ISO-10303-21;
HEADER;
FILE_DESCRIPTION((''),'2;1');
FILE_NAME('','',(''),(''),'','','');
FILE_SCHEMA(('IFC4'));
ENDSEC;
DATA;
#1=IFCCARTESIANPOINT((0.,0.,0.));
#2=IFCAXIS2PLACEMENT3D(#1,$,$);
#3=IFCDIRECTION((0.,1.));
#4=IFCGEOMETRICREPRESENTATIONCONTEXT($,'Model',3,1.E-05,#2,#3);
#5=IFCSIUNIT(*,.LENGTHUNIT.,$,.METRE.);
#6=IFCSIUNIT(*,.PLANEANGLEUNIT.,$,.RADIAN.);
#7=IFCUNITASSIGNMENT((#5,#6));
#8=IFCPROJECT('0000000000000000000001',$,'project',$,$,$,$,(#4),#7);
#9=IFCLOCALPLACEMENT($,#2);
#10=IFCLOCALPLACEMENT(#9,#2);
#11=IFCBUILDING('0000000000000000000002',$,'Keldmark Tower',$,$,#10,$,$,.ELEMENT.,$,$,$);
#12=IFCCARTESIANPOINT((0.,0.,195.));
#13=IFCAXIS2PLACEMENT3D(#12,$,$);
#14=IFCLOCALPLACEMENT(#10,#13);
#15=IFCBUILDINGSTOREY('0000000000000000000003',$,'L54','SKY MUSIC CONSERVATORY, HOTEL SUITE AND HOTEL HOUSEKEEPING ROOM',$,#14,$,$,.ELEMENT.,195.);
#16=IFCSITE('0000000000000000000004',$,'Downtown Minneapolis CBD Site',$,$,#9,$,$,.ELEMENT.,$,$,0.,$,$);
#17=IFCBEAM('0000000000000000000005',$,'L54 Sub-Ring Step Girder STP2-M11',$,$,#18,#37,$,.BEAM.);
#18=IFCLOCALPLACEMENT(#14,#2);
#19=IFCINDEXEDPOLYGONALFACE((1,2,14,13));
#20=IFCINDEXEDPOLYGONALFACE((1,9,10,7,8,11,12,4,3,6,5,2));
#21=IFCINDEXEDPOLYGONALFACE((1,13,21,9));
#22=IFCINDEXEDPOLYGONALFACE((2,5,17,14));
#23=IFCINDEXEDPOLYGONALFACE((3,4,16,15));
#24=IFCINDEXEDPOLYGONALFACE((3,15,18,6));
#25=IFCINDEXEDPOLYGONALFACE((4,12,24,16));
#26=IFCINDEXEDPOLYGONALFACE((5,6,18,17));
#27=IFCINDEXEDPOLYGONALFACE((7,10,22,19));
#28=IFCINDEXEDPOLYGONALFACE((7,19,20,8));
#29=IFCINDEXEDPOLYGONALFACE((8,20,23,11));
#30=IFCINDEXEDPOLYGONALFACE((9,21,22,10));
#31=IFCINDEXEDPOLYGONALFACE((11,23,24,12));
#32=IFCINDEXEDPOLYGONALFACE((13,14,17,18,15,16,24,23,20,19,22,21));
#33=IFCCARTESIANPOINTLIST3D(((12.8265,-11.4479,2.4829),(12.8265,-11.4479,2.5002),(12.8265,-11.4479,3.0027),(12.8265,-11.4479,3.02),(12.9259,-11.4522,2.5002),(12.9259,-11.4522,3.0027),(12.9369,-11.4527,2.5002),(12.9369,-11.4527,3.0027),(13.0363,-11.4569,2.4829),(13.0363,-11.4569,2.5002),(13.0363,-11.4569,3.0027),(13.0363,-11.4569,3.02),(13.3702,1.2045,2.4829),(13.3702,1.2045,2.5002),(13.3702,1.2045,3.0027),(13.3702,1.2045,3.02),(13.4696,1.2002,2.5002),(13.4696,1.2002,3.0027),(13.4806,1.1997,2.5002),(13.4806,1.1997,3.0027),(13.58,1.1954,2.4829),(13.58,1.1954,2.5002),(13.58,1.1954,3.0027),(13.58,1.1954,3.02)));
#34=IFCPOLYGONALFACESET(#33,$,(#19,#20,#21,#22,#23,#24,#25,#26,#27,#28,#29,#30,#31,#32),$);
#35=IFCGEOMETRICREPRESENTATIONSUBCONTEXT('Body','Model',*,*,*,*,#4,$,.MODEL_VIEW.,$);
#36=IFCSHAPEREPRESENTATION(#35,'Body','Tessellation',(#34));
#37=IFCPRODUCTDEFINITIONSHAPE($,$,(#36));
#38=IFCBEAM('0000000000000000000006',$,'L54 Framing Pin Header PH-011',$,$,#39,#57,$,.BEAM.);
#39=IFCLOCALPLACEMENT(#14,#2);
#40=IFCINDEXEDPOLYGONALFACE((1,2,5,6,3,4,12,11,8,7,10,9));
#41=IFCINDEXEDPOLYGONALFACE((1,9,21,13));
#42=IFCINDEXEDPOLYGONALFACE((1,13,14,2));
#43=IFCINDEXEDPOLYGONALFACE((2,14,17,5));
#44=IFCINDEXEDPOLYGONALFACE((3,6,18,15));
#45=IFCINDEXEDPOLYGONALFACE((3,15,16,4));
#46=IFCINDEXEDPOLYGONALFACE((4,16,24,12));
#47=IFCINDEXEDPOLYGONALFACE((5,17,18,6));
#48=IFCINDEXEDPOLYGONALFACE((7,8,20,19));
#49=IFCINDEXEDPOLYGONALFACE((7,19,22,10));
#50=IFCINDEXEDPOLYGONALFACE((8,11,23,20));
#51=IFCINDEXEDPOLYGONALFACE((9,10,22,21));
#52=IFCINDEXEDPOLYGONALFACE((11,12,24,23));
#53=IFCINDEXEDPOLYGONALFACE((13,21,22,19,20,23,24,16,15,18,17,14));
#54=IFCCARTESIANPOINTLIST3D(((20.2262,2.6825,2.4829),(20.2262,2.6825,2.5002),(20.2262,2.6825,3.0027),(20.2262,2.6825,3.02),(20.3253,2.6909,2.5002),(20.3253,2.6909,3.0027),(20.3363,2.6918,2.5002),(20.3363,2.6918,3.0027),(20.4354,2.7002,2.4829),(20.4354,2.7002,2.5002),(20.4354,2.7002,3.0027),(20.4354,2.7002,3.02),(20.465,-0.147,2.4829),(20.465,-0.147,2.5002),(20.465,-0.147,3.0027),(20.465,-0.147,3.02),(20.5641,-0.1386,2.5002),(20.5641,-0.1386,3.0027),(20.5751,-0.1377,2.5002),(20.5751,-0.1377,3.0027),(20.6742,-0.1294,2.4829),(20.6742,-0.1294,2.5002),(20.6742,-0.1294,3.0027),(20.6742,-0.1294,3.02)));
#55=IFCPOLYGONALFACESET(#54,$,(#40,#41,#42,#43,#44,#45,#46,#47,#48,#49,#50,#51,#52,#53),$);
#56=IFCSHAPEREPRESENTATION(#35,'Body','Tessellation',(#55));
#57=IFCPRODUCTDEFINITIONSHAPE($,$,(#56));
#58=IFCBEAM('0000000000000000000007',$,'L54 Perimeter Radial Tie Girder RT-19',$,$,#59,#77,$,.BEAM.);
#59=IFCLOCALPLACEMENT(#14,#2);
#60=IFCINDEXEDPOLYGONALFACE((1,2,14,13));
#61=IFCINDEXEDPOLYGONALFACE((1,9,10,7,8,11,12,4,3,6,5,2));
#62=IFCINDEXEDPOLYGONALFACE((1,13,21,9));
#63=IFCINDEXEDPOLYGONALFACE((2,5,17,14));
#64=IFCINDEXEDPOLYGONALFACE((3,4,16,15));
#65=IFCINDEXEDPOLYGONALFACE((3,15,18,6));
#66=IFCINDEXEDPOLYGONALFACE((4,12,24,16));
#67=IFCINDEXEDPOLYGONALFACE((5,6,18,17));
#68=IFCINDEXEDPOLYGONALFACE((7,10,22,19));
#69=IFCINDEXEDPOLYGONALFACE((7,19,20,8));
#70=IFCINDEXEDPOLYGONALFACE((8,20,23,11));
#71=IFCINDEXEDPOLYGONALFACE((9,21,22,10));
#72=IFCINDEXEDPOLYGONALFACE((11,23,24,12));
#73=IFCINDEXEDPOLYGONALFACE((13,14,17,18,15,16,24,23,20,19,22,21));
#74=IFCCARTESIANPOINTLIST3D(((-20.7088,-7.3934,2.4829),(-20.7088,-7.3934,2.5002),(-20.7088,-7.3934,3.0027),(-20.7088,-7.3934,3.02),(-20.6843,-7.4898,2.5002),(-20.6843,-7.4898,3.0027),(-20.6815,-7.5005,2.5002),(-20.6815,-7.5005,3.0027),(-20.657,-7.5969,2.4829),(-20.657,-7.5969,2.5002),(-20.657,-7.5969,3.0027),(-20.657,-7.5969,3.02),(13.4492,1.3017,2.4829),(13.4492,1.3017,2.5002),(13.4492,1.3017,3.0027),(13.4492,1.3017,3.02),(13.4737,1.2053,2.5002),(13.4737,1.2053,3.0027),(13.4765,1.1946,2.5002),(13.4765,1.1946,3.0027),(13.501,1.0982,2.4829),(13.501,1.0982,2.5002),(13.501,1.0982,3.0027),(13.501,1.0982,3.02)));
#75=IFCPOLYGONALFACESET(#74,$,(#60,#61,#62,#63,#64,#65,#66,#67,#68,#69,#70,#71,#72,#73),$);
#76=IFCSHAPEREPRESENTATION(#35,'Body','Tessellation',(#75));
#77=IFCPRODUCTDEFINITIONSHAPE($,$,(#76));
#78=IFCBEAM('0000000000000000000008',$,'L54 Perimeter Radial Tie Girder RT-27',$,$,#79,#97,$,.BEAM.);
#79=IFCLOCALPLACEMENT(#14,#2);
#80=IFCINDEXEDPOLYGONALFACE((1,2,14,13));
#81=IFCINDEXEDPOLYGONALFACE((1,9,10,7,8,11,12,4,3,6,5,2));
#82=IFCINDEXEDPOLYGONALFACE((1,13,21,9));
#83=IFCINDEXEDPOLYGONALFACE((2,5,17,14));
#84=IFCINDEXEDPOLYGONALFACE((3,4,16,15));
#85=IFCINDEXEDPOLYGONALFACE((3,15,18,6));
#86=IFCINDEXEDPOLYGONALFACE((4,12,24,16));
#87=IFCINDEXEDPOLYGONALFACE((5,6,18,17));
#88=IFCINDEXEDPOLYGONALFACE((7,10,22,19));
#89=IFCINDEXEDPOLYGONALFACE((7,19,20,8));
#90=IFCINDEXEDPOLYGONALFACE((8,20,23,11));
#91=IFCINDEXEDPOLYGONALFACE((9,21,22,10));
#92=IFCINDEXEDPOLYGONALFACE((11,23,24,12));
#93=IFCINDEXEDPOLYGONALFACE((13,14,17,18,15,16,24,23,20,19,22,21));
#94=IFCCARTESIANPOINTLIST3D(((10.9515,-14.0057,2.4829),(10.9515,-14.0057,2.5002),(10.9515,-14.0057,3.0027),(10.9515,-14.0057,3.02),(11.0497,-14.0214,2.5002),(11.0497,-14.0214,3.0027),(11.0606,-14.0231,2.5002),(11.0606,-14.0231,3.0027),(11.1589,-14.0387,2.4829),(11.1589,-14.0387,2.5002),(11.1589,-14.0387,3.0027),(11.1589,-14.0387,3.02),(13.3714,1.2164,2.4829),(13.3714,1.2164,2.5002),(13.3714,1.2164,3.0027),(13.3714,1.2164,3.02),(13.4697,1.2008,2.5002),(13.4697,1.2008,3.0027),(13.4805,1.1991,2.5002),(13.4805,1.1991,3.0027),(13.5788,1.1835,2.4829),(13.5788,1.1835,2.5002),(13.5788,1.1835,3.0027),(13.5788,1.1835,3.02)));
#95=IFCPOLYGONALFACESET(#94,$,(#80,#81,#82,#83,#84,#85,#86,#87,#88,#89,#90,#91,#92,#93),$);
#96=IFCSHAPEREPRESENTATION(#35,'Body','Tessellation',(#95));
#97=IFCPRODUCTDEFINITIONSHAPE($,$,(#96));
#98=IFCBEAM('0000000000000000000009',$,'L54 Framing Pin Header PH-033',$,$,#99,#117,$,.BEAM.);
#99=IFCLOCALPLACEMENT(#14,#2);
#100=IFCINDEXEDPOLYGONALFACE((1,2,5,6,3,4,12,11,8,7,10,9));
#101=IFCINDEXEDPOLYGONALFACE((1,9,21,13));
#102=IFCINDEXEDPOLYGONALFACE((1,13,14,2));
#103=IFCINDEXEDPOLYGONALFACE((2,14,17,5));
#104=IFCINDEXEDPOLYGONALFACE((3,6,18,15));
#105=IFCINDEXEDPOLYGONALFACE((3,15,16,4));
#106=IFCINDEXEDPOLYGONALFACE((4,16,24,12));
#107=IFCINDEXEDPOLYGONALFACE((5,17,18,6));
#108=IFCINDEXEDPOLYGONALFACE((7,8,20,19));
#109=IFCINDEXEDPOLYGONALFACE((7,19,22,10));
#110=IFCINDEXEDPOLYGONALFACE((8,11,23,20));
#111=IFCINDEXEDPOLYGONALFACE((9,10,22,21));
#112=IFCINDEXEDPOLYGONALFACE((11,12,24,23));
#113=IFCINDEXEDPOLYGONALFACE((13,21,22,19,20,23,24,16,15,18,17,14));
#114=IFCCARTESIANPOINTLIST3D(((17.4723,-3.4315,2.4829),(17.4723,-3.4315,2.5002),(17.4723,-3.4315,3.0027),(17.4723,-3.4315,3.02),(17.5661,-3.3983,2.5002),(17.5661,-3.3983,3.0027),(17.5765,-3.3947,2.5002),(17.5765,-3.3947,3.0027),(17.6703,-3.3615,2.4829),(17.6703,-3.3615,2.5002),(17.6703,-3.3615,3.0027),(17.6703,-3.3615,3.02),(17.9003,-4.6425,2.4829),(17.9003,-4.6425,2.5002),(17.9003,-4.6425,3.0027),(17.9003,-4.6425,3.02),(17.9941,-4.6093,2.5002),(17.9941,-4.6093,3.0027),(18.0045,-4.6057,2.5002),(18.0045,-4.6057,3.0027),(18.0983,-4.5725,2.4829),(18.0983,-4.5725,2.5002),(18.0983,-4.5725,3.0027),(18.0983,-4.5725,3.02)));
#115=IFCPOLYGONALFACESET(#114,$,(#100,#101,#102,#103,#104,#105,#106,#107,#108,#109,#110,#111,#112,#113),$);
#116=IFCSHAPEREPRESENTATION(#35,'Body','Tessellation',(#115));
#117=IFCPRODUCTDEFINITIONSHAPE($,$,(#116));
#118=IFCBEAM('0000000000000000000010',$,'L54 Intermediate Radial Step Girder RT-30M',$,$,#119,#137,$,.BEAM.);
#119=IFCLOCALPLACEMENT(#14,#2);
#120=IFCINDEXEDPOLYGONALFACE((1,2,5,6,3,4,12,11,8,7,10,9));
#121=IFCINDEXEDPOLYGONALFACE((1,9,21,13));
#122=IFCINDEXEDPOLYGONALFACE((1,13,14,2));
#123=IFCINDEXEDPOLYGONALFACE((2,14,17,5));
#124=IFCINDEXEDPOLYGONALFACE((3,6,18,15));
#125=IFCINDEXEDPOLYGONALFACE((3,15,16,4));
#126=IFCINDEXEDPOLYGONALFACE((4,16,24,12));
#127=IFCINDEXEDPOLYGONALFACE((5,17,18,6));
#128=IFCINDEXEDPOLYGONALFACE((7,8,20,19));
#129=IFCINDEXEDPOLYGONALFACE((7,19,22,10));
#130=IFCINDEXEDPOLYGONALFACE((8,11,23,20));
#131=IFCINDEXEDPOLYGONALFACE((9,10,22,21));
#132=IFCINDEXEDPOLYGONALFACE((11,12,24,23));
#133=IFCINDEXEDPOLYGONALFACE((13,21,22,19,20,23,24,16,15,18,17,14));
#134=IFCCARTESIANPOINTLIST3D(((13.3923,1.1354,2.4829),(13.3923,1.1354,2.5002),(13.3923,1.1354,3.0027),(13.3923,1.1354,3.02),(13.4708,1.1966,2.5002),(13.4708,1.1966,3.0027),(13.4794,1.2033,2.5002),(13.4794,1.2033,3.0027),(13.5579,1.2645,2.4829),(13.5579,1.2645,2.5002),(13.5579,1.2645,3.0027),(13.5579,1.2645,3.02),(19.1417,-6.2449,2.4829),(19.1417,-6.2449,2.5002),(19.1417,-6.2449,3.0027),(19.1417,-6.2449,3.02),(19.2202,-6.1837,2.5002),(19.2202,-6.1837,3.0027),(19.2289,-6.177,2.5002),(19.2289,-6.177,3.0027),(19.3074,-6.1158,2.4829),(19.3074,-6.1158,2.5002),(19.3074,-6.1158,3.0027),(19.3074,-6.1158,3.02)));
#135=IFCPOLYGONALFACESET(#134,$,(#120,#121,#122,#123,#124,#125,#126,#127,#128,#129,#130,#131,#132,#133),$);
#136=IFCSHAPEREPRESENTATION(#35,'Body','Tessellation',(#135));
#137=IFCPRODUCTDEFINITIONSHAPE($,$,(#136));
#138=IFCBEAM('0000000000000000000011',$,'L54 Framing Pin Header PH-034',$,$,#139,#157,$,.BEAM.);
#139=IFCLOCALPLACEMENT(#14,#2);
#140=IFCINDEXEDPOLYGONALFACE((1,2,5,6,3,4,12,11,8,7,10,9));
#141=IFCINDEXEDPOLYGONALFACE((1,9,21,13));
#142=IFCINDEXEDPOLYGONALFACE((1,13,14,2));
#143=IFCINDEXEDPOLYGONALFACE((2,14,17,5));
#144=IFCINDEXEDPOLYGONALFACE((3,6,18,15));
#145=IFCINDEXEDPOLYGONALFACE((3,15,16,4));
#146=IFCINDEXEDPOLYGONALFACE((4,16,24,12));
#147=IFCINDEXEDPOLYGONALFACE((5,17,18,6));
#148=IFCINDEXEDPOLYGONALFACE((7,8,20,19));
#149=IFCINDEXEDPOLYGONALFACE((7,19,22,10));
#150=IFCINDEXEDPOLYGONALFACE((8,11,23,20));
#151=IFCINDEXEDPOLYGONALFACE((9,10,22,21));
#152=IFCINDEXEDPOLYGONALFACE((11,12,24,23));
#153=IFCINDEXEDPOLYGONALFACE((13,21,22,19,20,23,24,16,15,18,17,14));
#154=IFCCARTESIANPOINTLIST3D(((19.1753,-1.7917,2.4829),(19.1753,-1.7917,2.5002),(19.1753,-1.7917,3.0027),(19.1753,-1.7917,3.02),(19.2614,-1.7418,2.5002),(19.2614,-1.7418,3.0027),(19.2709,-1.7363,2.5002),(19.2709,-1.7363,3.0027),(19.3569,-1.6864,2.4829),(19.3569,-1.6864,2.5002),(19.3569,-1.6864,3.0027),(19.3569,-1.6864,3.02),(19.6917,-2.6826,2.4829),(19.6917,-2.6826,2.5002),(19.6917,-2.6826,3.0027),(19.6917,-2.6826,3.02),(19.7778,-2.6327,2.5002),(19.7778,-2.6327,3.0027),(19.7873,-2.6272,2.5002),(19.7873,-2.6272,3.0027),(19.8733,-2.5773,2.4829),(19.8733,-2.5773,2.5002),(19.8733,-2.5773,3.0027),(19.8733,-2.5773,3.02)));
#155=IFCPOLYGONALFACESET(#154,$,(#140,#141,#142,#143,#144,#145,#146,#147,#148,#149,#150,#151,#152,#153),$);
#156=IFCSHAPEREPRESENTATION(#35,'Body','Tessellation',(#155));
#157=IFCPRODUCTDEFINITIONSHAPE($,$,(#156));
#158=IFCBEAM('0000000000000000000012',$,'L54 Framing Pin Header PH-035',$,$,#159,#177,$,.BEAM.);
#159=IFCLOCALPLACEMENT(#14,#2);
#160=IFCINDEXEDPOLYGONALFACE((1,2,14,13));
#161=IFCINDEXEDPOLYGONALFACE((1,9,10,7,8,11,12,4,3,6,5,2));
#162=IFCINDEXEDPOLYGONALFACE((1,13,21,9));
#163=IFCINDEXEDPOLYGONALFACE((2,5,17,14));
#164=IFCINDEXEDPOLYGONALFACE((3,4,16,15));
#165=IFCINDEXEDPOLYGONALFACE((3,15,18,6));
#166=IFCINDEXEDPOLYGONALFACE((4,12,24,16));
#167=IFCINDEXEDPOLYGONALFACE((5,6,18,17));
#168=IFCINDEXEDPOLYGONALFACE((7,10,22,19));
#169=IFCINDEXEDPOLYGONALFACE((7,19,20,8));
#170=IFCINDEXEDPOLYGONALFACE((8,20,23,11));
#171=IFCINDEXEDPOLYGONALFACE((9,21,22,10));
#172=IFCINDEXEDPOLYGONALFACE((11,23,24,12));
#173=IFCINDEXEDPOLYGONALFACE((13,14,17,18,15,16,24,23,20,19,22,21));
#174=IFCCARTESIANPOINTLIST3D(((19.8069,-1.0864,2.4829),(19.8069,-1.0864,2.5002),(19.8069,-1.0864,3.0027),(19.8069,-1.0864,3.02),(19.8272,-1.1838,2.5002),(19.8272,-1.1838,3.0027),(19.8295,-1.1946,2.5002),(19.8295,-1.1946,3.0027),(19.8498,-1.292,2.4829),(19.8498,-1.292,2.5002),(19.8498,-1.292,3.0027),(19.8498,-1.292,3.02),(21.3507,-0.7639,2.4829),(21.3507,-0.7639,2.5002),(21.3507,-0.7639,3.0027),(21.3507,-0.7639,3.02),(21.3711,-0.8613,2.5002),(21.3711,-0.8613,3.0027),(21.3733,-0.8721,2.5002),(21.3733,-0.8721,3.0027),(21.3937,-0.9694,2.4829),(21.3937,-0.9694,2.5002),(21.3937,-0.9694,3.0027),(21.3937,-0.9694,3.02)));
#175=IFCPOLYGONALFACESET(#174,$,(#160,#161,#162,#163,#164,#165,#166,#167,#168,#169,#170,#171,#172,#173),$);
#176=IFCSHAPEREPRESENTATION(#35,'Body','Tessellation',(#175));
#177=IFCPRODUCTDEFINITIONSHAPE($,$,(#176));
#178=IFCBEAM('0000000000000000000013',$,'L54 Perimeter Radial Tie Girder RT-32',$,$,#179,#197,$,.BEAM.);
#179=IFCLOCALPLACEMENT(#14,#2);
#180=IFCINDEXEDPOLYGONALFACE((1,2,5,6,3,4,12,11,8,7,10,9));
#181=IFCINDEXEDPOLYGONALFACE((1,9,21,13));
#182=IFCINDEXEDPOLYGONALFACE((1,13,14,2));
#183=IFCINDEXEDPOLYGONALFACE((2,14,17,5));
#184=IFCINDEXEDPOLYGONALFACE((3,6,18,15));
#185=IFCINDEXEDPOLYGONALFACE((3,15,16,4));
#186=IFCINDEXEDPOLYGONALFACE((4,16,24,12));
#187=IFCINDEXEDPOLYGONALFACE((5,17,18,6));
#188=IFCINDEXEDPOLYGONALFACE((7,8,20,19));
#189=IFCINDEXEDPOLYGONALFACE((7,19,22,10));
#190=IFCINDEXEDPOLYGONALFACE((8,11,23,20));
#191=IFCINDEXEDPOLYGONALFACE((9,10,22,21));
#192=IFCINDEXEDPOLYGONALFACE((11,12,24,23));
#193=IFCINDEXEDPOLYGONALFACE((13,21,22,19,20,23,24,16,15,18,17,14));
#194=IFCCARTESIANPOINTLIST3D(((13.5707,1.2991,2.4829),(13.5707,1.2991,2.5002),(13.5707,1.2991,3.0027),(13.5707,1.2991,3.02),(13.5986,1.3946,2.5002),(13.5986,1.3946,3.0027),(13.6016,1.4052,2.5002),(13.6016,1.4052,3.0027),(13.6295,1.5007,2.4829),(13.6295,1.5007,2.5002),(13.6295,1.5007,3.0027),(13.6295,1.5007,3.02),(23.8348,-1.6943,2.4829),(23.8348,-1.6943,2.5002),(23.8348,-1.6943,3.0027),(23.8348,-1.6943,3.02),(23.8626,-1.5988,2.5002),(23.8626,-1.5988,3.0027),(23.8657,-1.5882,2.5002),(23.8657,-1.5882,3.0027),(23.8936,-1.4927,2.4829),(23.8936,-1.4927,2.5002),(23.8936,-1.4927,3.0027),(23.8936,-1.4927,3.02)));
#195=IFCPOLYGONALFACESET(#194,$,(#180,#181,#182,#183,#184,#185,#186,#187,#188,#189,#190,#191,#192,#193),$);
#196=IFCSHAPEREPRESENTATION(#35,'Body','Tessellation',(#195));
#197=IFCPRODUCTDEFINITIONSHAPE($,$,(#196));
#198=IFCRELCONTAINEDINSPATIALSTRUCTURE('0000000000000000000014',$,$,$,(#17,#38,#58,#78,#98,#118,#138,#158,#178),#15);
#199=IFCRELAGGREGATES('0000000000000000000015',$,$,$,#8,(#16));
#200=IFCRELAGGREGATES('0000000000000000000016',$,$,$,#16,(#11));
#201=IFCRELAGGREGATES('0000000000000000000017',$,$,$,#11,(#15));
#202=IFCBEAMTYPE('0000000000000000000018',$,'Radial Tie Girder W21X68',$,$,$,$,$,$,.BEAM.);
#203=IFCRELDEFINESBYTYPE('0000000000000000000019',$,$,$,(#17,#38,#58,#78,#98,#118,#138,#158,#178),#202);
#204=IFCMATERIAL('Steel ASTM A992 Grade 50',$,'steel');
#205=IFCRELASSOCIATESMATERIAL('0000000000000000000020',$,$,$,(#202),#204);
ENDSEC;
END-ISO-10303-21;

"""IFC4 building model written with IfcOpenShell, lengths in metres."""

from ifc_helpers import new_model, si_unit, direction, frame, origin, origin_2d, place, context, subcontext, project, spatial, i_section, extrude, material, material_profile, profile_set, type_object, element, save


model = new_model("IFC4")

# Units and contexts
model_context = context("Model", 3, precision=1e-05, world=origin(), true_north=direction((0.0, 1.0)))
body_context = subcontext(model_context, "Body", "Model", "MODEL_VIEW")
ifc_project = project(units=[si_unit("LENGTHUNIT", "METRE"), si_unit("PLANEANGLEUNIT", "RADIAN")], contexts=[model_context])

# Site, building, storey
site_placement = place(None, origin())
site = spatial("IfcSite", under=ifc_project, at=site_placement, Name="Downtown Minneapolis CBD Site", CompositionType="ELEMENT", RefElevation=0.0)
building_placement = place(site_placement, origin())
building = spatial("IfcBuilding", under=site, at=building_placement, Name="Keldmark Tower", CompositionType="ELEMENT")
storey_placement = place(building_placement, frame((0.0, 0.0, 195.0)))
storey = spatial("IfcBuildingStorey", under=building, at=storey_placement, Name="L54", Description="SKY MUSIC CONSERVATORY, HOTEL SUITE AND HOTEL HOUSEKEEPING ROOM", CompositionType="ELEMENT", Elevation=195.0)

# Beams
ifc_material_1 = material(Name="Steel ASTM A992 Grade 50", Category="steel")
ifc_material_profile_1 = material_profile(ifc_material_1, i_section(OverallWidth=0.21, OverallDepth=0.5371, WebThickness=0.011, FlangeThickness=0.0173, at=origin_2d()), Name="W21X68")
ifc_profile_set_1 = profile_set([ifc_material_profile_1], Name="Steel ASTM A992 Grade 50")
beam_type_1 = type_object("IfcBeamType", Name="Radial Tie Girder W21X68", PredefinedType="BEAM", material=ifc_profile_set_1)
beam_1_placement = place(storey_placement, frame((13.4751, 1.2, 2.7515), z_axis=(-0.042933, -0.999078, 0.0), x_axis=(0.999078, -0.042933, 0.0)))
element("IfcBeam", 1, at=beam_1_placement, inside=storey, type_object=beam_type_1, Name="L54 Sub-Ring Step Girder STP2-M11", PredefinedType="BEAM", context=body_context, shape_type="SweptSolid", body=[
    extrude(i_section(OverallWidth=0.21, OverallDepth=0.5371, WebThickness=0.011, FlangeThickness=0.0173, at=origin_2d()), origin(), (0.0, 0.0, 1.0), 12.6641),
])
beam_2_placement = place(storey_placement, frame((20.5696, -0.1382, 2.7515), z_axis=(-0.084084, 0.996459, 0.0), x_axis=(-0.996459, -0.084084, 0.0)))
element("IfcBeam", 2, at=beam_2_placement, inside=storey, type_object=beam_type_1, Name="L54 Framing Pin Header PH-011", PredefinedType="BEAM", context=body_context, shape_type="SweptSolid", body=[
    extrude(i_section(OverallWidth=0.21, OverallDepth=0.5371, WebThickness=0.011, FlangeThickness=0.0173, at=origin_2d()), origin(), (0.0, 0.0, 1.0), 2.8396),
])
beam_3_placement = place(storey_placement, frame((13.4751, 1.2, 2.7515), z_axis=(-0.969095, -0.246688, 0.0), x_axis=(0.246688, -0.969095, 0.0)))
element("IfcBeam", 3, at=beam_3_placement, inside=storey, type_object=beam_type_1, Name="L54 Perimeter Radial Tie Girder RT-19", PredefinedType="BEAM", context=body_context, shape_type="SweptSolid", body=[
    extrude(i_section(OverallWidth=0.21, OverallDepth=0.5371, WebThickness=0.011, FlangeThickness=0.0173, at=origin_2d()), origin(), (0.0, 0.0, 1.0), 35.2473),
])
beam_4_placement = place(storey_placement, frame((13.4751, 1.2, 2.7515), z_axis=(-0.157002, -0.987598, 0.0), x_axis=(0.987598, -0.157002, 0.0)))
element("IfcBeam", 4, at=beam_4_placement, inside=storey, type_object=beam_type_1, Name="L54 Perimeter Radial Tie Girder RT-27", PredefinedType="BEAM", context=body_context, shape_type="SweptSolid", body=[
    extrude(i_section(OverallWidth=0.21, OverallDepth=0.5371, WebThickness=0.011, FlangeThickness=0.0173, at=origin_2d()), origin(), (0.0, 0.0, 1.0), 15.4133),
])
beam_5_placement = place(storey_placement, frame((17.5713, -3.3965, 2.7515), z_axis=(0.333228, -0.942846, 0.0), x_axis=(0.942846, 0.333228, 0.0)))
element("IfcBeam", 5, at=beam_5_placement, inside=storey, type_object=beam_type_1, Name="L54 Framing Pin Header PH-033", PredefinedType="BEAM", context=body_context, shape_type="SweptSolid", body=[
    extrude(i_section(OverallWidth=0.21, OverallDepth=0.5371, WebThickness=0.011, FlangeThickness=0.0173, at=origin_2d()), origin(), (0.0, 0.0, 1.0), 1.2844),
])
beam_6_placement = place(storey_placement, frame((13.4751, 1.2, 2.7515), z_axis=(0.614555, -0.788874, 0.0), x_axis=(0.788874, 0.614555, 0.0)))
element("IfcBeam", 6, at=beam_6_placement, inside=storey, type_object=beam_type_1, Name="L54 Intermediate Radial Step Girder RT-30M", PredefinedType="BEAM", context=body_context, shape_type="SweptSolid", body=[
    extrude(i_section(OverallWidth=0.21, OverallDepth=0.5371, WebThickness=0.011, FlangeThickness=0.0173, at=origin_2d()), origin(), (0.0, 0.0, 1.0), 9.3555),
])
beam_7_placement = place(storey_placement, frame((19.2661, -1.739, 2.7515), z_axis=(0.501466, -0.865177, 0.0), x_axis=(0.865177, 0.501466, 0.0)))
element("IfcBeam", 7, at=beam_7_placement, inside=storey, type_object=beam_type_1, Name="L54 Framing Pin Header PH-034", PredefinedType="BEAM", context=body_context, shape_type="SweptSolid", body=[
    extrude(i_section(OverallWidth=0.21, OverallDepth=0.5371, WebThickness=0.011, FlangeThickness=0.0173, at=origin_2d()), origin(), (0.0, 0.0, 1.0), 1.0298),
])
beam_8_placement = place(storey_placement, frame((19.8284, -1.1892, 2.7515), z_axis=(0.978866, 0.204504, 0.0), x_axis=(-0.204504, 0.978866, 0.0)))
element("IfcBeam", 8, at=beam_8_placement, inside=storey, type_object=beam_type_1, Name="L54 Framing Pin Header PH-035", PredefinedType="BEAM", context=body_context, shape_type="SweptSolid", body=[
    extrude(i_section(OverallWidth=0.21, OverallDepth=0.5371, WebThickness=0.011, FlangeThickness=0.0173, at=origin_2d()), origin(), (0.0, 0.0, 1.0), 1.5771),
])
beam_9_placement = place(storey_placement, frame((13.6001, 1.3999, 2.7515), z_axis=(0.960008, -0.279974, 0.0), x_axis=(0.279974, 0.960008, 0.0)))
element("IfcBeam", 9, at=beam_9_placement, inside=storey, type_object=beam_type_1, Name="L54 Perimeter Radial Tie Girder RT-32", PredefinedType="BEAM", context=body_context, shape_type="SweptSolid", body=[
    extrude(i_section(OverallWidth=0.21, OverallDepth=0.5371, WebThickness=0.011, FlangeThickness=0.0173, at=origin_2d()), origin(), (0.0, 0.0, 1.0), 10.6917),
])

save(model, "model.ifc")
